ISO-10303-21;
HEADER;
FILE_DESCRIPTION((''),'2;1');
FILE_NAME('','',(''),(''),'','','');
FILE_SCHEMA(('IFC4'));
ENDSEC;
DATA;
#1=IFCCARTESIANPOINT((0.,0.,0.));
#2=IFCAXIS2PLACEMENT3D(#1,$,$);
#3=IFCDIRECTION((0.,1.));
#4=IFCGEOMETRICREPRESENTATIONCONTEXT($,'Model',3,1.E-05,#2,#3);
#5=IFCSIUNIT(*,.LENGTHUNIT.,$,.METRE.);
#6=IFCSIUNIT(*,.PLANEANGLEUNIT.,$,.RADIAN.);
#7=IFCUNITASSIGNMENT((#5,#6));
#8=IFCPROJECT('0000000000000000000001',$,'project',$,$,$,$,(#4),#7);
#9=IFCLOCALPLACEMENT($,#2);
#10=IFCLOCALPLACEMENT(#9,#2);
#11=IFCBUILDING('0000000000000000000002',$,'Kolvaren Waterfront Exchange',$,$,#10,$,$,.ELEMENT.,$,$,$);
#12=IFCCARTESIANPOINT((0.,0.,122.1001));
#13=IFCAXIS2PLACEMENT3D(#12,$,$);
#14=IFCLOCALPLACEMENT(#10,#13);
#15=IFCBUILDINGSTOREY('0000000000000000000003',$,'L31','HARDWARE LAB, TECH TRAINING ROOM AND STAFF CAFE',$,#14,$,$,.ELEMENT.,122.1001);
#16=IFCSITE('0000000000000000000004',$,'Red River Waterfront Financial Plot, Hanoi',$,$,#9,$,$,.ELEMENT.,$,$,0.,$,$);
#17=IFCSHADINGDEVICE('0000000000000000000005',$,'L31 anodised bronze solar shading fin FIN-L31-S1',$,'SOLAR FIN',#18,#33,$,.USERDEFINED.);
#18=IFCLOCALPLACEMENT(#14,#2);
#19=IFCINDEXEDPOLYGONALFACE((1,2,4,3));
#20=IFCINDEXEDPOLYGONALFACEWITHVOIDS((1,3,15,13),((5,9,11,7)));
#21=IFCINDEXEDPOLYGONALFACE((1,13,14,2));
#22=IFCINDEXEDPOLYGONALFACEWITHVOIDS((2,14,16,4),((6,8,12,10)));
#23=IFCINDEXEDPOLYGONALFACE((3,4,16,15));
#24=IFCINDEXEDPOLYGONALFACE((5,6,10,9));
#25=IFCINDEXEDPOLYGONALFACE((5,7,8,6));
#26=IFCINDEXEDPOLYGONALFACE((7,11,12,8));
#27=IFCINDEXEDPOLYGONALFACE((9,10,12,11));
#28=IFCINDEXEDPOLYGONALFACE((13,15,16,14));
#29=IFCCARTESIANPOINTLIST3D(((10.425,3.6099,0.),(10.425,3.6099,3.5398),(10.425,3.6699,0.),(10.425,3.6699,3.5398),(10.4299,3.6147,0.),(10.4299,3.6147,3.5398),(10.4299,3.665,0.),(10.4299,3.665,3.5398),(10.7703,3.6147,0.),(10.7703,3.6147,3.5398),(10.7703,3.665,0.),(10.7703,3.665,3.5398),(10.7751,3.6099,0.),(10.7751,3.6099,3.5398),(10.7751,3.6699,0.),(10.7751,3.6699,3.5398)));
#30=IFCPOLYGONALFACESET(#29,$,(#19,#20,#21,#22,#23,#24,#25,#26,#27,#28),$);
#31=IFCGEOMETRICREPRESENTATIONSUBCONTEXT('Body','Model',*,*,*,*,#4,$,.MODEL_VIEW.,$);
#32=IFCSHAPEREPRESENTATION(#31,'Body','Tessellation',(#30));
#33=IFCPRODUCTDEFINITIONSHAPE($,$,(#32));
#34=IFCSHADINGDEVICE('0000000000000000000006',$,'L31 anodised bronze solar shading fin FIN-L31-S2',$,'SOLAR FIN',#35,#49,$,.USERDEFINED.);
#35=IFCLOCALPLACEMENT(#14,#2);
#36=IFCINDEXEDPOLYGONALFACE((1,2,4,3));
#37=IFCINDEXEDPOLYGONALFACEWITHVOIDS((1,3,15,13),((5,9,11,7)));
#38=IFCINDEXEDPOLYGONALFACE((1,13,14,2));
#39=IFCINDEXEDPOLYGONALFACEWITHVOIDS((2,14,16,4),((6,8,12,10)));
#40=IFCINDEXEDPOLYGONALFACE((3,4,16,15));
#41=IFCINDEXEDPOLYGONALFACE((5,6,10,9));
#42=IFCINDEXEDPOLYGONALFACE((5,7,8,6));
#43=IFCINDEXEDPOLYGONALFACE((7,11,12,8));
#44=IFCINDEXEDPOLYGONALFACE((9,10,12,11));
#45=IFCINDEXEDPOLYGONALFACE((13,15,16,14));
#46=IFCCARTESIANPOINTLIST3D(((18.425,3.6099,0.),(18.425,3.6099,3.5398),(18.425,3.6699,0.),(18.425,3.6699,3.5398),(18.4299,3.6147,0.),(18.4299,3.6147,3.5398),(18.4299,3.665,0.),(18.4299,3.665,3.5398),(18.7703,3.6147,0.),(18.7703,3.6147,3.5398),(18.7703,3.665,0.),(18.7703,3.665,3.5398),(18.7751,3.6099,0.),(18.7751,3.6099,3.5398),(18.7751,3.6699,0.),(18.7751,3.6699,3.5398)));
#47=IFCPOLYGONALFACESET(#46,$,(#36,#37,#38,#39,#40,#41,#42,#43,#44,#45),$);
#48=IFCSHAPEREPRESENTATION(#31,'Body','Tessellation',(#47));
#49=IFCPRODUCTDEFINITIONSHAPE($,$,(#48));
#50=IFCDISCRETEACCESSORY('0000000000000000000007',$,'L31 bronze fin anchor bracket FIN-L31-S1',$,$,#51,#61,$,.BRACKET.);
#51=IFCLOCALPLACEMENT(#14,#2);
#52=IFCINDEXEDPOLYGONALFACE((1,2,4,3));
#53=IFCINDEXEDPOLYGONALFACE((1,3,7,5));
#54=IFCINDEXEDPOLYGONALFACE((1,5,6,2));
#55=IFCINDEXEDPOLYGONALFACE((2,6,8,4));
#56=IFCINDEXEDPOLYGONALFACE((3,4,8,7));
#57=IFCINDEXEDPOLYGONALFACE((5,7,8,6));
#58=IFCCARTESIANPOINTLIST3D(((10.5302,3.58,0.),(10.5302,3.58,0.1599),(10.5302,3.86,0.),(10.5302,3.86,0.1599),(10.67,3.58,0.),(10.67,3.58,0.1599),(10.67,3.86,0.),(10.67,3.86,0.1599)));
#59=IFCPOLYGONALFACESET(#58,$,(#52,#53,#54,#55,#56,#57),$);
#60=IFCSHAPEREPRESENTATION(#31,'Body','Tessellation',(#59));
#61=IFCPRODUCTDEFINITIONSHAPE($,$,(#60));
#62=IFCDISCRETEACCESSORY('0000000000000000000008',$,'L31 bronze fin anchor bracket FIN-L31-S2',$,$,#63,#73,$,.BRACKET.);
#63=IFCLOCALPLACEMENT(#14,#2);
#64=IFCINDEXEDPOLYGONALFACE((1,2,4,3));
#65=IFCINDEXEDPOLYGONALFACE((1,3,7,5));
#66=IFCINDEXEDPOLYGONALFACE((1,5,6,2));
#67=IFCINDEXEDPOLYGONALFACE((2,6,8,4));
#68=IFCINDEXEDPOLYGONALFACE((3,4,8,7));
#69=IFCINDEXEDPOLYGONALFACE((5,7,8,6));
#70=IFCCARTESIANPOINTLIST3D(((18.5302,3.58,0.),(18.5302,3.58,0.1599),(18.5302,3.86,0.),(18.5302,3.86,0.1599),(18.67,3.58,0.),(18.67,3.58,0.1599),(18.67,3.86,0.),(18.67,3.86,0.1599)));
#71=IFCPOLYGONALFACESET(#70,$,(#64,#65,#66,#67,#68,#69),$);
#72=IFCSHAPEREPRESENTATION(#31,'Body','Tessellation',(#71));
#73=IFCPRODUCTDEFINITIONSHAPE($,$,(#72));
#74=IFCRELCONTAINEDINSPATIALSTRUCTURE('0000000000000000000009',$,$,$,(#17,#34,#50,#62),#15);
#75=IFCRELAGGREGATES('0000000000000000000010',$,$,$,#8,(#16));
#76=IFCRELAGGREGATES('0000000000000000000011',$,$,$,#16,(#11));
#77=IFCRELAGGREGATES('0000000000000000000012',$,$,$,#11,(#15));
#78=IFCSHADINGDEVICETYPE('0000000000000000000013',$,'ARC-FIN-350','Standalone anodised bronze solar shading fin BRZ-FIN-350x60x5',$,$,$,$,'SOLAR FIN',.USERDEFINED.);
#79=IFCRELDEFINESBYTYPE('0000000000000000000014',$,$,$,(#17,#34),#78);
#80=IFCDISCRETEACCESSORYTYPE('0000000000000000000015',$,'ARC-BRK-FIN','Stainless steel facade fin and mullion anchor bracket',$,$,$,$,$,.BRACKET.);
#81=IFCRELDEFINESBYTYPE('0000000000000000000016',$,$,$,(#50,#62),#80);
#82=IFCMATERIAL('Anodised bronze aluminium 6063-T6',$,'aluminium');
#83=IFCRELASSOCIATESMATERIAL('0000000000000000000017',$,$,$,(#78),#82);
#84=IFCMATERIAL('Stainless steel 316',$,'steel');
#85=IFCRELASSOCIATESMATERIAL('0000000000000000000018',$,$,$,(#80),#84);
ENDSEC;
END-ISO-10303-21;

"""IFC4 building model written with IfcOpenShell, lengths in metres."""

from ifc_helpers import new_model, si_unit, direction, frame, origin, origin_with_axes, origin_2d, place, context, subcontext, project, spatial, rectangle, hollow_rectangle, extrude, source, transform, mapped, material, material_profile, profile_set, type_object, element, save


model = new_model("IFC4")

# Units and contexts
model_context = context("Model", 3, precision=1e-05, world=origin(), true_north=direction((0.0, 1.0)))
body_context = subcontext(model_context, "Body", "Model", "MODEL_VIEW")
ifc_project = project(units=[si_unit("LENGTHUNIT", "METRE"), si_unit("PLANEANGLEUNIT", "RADIAN")], contexts=[model_context])

# Site, building, storey
site_placement = place(None, origin())
site = spatial("IfcSite", under=ifc_project, at=site_placement, Name="Red River Waterfront Financial Plot, Hanoi", CompositionType="ELEMENT", RefElevation=0.0)
building_placement = place(site_placement, origin())
building = spatial("IfcBuilding", under=site, at=building_placement, Name="Kolvaren Waterfront Exchange", CompositionType="ELEMENT")
storey_placement = place(building_placement, frame((0.0, 0.0, 122.1001)))
storey = spatial("IfcBuildingStorey", under=building, at=storey_placement, Name="L31", Description="HARDWARE LAB, TECH TRAINING ROOM AND STAFF CAFE", CompositionType="ELEMENT", Elevation=122.1001)

# Shared definitions
ifc_material_1 = material(Name="Anodised bronze aluminium 6063-T6", Category="aluminium")

# Shading devices
ifc_material_profile_1 = material_profile(ifc_material_1, hollow_rectangle(XDim=0.0601, YDim=0.3501, WallThickness=0.0049, at=origin_2d()), Name="BRZ-FIN-350x60x5")
ifc_profile_set_1 = profile_set([ifc_material_profile_1], Name="Anodised bronze aluminium 6063-T6")
shading_device_type = type_object("IfcShadingDeviceType", Name="ARC-FIN-350", Description="Standalone anodised bronze solar shading fin BRZ-FIN-350x60x5", ElementType="SOLAR FIN", PredefinedType="USERDEFINED", material=ifc_profile_set_1)
for number, where, z_axis, x_axis, name in (
    (1, (10.6001, 3.6399, 0.0), (0.0, 0.0, 1.0), (0.0, -1.0, 0.0), "L31 anodised bronze solar shading fin FIN-L31-S1"),
    (2, (18.6001, 3.6399, 0.0), (0.0, 0.0, 1.0), (0.0, -1.0, 0.0), "L31 anodised bronze solar shading fin FIN-L31-S2"),
):
    element("IfcShadingDevice", number, at=place(storey_placement, frame(where, z_axis=z_axis, x_axis=x_axis)), inside=storey, type_object=shading_device_type, Name=name, ObjectType="SOLAR FIN", PredefinedType="USERDEFINED", context=body_context, shape_type="SweptSolid", body=[
        extrude(hollow_rectangle(XDim=0.0601, YDim=0.3501, WallThickness=0.0049, at=origin_2d()), origin(), (0.0, 0.0, 1.0), 3.5398),
    ])

# Discrete accessories
ifc_material_2 = material(Name="Stainless steel 316", Category="steel")
discrete_accessory_type = type_object("IfcDiscreteAccessoryType", Name="ARC-BRK-FIN", Description="Stainless steel facade fin and mullion anchor bracket", PredefinedType="BRACKET", material=ifc_material_2)
shared_shape_1 = source(origin_with_axes(), body_context, "Body", "SweptSolid", [
    extrude(rectangle(XDim=0.28, YDim=0.1399, at=origin_2d()), origin(), (0.0, 0.0, 1.0), 0.1599),
])
for number, where, z_axis, x_axis, name in (
    (3, (10.6001, 3.72, 0.0), (0.0, 0.0, 1.0), (0.0, -1.0, 0.0), "L31 bronze fin anchor bracket FIN-L31-S1"),
    (4, (18.6001, 3.72, 0.0), (0.0, 0.0, 1.0), (0.0, -1.0, 0.0), "L31 bronze fin anchor bracket FIN-L31-S2"),
):
    element("IfcDiscreteAccessory", number, at=place(storey_placement, frame(where, z_axis=z_axis, x_axis=x_axis)), inside=storey, type_object=discrete_accessory_type, Name=name, PredefinedType="BRACKET", context=body_context, shape_type="MappedRepresentation", body=[
        mapped(shared_shape_1, transform((0.0, 0.0, 0.0), x_axis=(1.0, 0.0, 0.0), y_axis=(0.0, 1.0, 0.0), z_axis=(0.0, 0.0, 1.0), scale=1.0)),
    ])

save(model, "model.ifc")
